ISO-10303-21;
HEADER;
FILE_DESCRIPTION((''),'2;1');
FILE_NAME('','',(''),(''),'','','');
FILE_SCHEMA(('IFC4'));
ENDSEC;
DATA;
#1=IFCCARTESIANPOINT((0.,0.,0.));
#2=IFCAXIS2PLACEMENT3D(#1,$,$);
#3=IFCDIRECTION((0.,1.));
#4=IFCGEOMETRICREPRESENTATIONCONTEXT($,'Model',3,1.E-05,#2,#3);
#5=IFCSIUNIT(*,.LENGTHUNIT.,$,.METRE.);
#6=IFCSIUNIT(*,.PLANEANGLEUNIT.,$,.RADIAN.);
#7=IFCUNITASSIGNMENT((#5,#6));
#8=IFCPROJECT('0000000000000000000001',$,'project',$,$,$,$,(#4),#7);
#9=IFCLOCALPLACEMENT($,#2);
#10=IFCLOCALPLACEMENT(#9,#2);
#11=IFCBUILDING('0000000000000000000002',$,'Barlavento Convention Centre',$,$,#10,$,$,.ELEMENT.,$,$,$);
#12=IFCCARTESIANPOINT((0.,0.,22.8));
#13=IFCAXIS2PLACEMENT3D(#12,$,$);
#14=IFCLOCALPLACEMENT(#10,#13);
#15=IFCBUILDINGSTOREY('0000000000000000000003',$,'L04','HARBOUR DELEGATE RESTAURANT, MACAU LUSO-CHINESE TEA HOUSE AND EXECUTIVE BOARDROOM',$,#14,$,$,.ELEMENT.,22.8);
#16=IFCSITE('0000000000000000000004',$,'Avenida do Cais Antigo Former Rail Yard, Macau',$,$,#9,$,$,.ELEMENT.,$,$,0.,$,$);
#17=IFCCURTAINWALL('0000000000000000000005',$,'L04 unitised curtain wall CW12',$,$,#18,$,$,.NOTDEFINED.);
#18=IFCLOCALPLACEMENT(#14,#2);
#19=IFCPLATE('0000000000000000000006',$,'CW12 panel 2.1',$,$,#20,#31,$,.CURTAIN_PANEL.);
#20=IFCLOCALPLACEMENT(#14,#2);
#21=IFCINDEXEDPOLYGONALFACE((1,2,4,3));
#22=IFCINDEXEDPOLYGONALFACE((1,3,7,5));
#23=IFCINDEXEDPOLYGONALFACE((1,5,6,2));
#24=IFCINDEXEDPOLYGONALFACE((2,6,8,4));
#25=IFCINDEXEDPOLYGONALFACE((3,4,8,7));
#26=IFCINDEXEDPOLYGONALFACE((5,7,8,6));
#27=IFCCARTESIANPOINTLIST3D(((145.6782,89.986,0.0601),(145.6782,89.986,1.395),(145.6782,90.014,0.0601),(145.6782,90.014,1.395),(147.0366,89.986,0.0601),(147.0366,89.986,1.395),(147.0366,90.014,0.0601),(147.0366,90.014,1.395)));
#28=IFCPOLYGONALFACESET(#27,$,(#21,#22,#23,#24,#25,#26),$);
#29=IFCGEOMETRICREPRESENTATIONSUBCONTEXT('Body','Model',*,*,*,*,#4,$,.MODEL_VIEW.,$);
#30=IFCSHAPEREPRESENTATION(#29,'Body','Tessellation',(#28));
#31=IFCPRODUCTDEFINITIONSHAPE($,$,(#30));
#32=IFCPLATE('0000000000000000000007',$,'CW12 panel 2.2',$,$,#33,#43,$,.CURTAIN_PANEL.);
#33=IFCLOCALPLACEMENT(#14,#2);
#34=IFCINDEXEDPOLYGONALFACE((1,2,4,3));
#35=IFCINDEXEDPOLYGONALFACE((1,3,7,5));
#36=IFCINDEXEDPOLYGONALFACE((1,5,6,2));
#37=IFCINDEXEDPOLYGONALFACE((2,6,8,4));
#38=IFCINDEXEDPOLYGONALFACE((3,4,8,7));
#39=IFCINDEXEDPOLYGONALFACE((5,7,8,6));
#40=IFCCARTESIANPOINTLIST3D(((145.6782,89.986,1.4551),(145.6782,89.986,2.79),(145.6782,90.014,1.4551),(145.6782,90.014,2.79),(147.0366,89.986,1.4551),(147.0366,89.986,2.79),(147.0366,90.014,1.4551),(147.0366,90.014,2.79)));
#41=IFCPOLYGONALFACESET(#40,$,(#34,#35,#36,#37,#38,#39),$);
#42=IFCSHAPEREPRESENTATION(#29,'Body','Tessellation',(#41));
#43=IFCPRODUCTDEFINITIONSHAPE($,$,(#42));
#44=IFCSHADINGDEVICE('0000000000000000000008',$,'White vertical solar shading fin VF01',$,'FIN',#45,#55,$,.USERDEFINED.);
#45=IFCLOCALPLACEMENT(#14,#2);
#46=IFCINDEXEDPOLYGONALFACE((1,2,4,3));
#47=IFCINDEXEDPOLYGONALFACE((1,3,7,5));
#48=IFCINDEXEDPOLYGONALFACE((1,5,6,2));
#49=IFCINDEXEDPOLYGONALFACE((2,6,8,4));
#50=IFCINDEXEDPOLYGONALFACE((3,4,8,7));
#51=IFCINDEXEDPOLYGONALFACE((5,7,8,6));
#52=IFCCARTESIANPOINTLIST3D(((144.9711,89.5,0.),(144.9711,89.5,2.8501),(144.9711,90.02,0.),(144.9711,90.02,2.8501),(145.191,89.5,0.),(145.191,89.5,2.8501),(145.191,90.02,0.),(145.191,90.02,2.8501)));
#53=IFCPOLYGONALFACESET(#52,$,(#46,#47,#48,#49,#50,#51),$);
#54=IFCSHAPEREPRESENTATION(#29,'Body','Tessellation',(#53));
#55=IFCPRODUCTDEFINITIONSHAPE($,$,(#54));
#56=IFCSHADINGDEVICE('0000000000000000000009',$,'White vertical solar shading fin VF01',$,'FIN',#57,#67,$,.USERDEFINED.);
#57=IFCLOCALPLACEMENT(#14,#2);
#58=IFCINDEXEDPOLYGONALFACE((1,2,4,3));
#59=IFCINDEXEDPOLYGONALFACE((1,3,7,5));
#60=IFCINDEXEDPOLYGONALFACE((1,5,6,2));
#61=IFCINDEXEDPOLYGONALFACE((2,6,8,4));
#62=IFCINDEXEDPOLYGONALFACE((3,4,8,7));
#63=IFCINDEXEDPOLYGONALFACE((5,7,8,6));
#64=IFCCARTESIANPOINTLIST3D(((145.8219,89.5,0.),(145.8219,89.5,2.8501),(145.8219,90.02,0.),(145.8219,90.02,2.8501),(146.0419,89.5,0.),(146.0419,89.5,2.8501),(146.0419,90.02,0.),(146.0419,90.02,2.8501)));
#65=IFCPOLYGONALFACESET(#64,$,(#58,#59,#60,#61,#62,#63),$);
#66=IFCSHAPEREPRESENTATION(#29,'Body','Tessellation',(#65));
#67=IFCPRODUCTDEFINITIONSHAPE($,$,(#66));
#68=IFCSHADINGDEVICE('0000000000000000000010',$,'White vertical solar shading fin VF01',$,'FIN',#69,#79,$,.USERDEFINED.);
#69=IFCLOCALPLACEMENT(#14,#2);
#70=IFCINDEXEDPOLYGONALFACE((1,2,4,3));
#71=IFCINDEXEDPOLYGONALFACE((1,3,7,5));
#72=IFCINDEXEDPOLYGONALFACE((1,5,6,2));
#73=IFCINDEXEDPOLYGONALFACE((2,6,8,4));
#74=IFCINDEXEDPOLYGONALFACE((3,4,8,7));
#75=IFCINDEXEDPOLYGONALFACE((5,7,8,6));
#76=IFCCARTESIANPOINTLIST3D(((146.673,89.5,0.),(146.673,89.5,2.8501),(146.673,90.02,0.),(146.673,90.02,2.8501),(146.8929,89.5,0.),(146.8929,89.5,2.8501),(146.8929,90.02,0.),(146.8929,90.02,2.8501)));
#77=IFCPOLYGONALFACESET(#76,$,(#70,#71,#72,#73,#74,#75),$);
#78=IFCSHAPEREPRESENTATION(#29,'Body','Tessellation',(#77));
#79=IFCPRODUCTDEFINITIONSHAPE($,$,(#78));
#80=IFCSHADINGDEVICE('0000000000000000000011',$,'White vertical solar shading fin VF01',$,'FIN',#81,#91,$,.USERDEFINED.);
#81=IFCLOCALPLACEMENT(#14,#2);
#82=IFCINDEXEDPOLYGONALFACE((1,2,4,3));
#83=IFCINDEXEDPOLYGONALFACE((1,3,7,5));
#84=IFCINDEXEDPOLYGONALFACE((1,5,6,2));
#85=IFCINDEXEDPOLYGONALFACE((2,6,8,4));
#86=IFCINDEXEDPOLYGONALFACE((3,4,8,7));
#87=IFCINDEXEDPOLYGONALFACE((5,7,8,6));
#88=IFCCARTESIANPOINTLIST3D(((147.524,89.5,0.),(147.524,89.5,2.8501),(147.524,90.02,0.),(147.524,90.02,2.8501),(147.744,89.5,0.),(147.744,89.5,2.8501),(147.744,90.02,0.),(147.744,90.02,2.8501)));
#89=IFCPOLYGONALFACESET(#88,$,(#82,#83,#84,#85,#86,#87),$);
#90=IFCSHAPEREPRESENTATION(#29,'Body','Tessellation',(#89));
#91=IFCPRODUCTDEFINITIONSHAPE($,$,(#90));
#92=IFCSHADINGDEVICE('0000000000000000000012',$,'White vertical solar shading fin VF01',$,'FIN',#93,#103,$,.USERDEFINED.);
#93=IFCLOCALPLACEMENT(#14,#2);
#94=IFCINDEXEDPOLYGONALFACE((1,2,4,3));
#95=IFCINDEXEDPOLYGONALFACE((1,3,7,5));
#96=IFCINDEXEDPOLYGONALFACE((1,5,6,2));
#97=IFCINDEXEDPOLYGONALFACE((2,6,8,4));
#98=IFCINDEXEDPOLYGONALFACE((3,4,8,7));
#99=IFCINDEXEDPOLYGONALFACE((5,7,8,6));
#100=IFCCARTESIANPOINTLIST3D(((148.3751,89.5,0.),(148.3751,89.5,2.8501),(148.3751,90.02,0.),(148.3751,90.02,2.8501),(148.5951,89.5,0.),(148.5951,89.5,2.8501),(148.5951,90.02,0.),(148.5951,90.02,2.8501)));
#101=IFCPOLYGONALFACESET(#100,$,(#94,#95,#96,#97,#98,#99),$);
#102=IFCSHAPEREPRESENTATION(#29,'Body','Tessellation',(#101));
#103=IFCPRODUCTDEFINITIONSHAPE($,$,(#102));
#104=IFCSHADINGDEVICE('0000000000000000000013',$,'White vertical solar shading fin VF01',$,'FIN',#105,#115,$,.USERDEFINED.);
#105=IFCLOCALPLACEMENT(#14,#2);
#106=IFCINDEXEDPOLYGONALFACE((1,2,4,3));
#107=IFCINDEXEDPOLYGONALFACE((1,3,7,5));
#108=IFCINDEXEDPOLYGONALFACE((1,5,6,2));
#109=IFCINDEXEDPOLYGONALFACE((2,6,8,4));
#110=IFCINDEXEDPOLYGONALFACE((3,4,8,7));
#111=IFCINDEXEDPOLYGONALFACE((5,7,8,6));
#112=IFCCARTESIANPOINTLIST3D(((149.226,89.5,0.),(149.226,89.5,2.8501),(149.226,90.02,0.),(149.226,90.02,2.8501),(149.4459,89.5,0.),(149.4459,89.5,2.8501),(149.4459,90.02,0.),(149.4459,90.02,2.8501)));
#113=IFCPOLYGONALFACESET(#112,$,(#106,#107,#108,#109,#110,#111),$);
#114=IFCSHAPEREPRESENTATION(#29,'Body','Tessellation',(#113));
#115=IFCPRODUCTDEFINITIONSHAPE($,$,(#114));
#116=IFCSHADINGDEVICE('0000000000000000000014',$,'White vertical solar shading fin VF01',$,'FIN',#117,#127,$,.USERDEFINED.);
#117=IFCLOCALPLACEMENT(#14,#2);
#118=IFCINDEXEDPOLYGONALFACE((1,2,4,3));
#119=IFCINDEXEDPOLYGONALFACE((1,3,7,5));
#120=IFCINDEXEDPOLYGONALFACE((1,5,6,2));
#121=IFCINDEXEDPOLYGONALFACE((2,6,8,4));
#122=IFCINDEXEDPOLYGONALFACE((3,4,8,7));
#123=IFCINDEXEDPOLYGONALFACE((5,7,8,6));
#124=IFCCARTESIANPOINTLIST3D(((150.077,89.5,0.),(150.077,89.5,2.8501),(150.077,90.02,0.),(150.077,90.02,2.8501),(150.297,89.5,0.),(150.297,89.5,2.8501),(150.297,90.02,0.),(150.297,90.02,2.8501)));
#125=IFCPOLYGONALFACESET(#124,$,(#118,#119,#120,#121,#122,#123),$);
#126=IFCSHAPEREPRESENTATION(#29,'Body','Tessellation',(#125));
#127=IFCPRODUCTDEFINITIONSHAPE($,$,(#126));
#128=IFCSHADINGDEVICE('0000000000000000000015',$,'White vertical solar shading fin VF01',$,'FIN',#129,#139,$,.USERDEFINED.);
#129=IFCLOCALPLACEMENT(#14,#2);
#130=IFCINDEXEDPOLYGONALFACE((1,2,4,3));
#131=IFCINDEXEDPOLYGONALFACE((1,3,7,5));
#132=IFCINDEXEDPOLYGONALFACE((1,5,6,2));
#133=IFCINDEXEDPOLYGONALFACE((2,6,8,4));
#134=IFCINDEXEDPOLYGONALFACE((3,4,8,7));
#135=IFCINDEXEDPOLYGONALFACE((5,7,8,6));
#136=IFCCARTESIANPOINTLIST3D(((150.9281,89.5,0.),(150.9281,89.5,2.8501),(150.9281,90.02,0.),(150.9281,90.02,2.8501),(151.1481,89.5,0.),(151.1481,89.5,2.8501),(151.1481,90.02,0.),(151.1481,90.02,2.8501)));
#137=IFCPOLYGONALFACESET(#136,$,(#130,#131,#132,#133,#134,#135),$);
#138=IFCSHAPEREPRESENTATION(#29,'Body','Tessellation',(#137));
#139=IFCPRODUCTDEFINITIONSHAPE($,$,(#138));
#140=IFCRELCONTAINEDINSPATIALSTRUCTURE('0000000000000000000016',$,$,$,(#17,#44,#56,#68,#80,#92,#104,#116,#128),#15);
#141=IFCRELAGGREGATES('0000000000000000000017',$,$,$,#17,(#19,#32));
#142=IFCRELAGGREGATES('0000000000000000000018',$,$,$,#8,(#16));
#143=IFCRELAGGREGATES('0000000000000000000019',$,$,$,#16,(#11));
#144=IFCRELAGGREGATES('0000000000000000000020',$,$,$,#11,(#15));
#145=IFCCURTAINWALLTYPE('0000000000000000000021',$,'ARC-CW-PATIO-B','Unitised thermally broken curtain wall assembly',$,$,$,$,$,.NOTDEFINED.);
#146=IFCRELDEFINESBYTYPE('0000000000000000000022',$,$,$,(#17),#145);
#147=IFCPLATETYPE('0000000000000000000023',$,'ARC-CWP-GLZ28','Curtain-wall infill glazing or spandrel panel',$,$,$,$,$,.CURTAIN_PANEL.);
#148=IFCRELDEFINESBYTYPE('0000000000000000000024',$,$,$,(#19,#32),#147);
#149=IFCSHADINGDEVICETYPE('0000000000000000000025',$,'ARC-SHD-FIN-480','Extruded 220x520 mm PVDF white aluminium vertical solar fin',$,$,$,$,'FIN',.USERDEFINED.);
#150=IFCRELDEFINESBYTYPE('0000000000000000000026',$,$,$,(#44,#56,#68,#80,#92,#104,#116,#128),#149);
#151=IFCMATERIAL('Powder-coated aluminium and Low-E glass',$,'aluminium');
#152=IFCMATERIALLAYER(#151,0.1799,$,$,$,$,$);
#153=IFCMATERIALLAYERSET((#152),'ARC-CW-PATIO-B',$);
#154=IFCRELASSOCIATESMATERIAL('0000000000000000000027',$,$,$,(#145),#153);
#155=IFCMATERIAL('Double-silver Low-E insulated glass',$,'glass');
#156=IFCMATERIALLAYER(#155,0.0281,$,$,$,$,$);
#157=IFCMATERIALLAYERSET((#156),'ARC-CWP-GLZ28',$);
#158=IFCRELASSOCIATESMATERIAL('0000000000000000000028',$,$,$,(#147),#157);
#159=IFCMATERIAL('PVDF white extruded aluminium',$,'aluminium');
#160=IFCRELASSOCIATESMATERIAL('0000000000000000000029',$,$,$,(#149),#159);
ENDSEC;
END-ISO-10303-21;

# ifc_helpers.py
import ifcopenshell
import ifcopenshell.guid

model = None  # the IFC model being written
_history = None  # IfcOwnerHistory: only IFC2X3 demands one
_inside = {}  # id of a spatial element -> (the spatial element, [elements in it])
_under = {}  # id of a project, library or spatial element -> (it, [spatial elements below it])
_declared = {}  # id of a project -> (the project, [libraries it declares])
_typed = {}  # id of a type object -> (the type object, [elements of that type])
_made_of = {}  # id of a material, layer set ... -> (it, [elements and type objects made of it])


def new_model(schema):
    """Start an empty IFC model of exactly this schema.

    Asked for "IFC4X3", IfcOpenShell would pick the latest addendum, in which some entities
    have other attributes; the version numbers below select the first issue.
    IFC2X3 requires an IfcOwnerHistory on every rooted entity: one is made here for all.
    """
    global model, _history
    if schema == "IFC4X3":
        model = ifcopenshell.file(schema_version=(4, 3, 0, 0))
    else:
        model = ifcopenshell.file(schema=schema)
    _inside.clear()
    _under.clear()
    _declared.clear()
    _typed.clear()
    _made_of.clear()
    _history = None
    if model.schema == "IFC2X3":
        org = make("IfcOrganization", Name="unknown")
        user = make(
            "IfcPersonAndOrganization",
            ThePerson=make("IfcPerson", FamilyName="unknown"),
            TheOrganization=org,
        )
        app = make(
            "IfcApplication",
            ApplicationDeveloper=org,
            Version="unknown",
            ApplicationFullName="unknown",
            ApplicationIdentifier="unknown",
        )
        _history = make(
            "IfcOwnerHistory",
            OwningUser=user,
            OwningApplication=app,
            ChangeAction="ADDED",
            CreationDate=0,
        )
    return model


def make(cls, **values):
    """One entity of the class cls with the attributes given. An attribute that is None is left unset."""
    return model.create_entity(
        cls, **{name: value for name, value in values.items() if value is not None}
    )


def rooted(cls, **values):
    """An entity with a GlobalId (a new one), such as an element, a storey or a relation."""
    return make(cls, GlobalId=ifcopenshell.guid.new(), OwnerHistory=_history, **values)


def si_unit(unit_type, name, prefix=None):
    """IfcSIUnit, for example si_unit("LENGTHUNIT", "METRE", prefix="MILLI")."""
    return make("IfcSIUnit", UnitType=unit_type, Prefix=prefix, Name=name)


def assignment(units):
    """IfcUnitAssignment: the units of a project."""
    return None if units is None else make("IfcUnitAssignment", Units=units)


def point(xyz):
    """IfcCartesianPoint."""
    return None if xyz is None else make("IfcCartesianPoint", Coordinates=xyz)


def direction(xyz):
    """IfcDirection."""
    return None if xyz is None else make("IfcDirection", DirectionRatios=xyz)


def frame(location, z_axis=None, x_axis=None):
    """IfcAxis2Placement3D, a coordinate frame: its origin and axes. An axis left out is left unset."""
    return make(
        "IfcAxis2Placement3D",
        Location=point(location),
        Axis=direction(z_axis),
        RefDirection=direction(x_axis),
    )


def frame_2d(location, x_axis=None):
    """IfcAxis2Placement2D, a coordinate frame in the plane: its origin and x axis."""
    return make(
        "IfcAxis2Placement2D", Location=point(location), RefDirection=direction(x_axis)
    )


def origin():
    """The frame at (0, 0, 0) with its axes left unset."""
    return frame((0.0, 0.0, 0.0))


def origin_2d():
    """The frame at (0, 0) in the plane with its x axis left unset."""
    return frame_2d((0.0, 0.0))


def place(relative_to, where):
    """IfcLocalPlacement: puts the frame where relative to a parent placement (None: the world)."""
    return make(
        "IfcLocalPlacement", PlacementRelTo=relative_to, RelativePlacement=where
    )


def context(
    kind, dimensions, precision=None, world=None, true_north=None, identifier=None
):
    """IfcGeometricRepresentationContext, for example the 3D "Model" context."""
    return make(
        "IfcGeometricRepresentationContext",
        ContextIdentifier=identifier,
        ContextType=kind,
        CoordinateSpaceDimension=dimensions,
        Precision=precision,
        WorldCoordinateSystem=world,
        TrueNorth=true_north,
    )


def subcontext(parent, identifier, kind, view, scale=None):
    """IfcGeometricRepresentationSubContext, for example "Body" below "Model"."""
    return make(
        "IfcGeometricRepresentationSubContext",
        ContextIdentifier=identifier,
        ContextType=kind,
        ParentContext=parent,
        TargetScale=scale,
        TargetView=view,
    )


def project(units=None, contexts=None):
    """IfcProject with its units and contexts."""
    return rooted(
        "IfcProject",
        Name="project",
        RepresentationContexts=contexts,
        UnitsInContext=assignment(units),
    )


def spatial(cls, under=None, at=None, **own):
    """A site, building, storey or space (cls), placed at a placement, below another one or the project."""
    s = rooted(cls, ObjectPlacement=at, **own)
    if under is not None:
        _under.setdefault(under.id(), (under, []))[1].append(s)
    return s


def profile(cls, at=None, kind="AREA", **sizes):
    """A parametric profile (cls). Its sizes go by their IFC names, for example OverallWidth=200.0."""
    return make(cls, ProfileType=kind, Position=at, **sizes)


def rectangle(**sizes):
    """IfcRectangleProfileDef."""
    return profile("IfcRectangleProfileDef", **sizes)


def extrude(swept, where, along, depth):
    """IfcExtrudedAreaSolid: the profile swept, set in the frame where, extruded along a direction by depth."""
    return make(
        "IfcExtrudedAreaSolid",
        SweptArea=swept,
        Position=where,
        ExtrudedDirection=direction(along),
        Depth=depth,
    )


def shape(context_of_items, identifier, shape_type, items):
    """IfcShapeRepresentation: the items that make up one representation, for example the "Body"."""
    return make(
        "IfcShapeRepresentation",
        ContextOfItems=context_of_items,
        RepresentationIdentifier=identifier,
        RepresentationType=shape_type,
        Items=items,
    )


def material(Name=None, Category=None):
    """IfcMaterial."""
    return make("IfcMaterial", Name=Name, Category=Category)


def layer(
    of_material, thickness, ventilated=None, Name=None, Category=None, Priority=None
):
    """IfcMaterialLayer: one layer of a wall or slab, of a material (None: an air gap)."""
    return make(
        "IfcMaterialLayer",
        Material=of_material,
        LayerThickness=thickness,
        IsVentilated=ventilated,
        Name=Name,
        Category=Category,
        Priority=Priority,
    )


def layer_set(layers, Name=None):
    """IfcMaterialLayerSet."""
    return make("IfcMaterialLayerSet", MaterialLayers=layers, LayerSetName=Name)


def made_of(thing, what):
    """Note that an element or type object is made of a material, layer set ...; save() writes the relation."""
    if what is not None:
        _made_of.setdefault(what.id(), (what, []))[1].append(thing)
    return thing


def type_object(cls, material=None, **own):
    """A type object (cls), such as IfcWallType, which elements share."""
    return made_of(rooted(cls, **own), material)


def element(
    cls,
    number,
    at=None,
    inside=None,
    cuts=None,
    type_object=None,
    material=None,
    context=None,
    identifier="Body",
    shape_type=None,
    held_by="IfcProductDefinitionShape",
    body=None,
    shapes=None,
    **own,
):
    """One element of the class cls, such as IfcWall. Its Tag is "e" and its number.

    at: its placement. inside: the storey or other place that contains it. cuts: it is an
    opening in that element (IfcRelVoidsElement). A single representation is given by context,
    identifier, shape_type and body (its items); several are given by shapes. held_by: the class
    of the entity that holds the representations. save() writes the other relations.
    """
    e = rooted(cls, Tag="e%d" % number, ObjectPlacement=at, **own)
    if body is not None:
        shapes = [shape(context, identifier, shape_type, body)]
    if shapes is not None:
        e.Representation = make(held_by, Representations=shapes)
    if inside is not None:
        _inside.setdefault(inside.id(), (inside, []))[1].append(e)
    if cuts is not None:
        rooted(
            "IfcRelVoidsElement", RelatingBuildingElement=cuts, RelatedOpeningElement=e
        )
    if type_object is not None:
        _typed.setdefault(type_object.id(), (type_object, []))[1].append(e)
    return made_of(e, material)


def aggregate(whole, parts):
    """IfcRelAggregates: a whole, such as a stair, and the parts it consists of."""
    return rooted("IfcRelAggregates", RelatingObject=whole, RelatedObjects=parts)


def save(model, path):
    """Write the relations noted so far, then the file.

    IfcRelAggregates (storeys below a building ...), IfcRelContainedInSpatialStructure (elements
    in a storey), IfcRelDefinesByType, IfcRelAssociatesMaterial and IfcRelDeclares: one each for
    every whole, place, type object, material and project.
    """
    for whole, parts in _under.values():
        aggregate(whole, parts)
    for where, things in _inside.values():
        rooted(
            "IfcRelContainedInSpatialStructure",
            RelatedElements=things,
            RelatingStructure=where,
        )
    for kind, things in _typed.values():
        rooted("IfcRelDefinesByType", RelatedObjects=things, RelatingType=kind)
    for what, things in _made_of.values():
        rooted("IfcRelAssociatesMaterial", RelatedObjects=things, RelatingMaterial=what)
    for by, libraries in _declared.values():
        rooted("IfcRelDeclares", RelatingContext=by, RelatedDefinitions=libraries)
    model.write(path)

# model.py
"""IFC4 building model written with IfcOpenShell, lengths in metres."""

from ifc_helpers import new_model, si_unit, direction, frame, origin, origin_2d, place, context, subcontext, project, spatial, rectangle, extrude, material, layer, layer_set, type_object, element, aggregate, save


model = new_model("IFC4")

# Units and contexts
model_context = context("Model", 3, precision=1e-05, world=origin(), true_north=direction((0.0, 1.0)))
body_context = subcontext(model_context, "Body", "Model", "MODEL_VIEW")
ifc_project = project(units=[si_unit("LENGTHUNIT", "METRE"), si_unit("PLANEANGLEUNIT", "RADIAN")], contexts=[model_context])

# Site, building, storey
site_placement = place(None, origin())
site = spatial("IfcSite", under=ifc_project, at=site_placement, Name="Avenida do Cais Antigo Former Rail Yard, Macau", CompositionType="ELEMENT", RefElevation=0.0)
building_placement = place(site_placement, origin())
building = spatial("IfcBuilding", under=site, at=building_placement, Name="Barlavento Convention Centre", CompositionType="ELEMENT")
storey_placement = place(building_placement, frame((0.0, 0.0, 22.8)))
storey = spatial("IfcBuildingStorey", under=building, at=storey_placement, Name="L04", Description="HARBOUR DELEGATE RESTAURANT, MACAU LUSO-CHINESE TEA HOUSE AND EXECUTIVE BOARDROOM", CompositionType="ELEMENT", Elevation=22.8)

# Curtain wall, plates
ifc_material_1 = material(Name="Powder-coated aluminium and Low-E glass", Category="aluminium")
ifc_layer_1 = layer(ifc_material_1, 0.1799)
ifc_layer_set_1 = layer_set([ifc_layer_1], Name="ARC-CW-PATIO-B")
curtain_wall_type = type_object("IfcCurtainWallType", Name="ARC-CW-PATIO-B", Description="Unitised thermally broken curtain wall assembly", PredefinedType="NOTDEFINED", material=ifc_layer_set_1)
curtain_wall_placement = place(storey_placement, origin())
curtain_wall = element("IfcCurtainWall", 1, at=curtain_wall_placement, inside=storey, type_object=curtain_wall_type, Name="L04 unitised curtain wall CW12", PredefinedType="NOTDEFINED")
ifc_material_2 = material(Name="Double-silver Low-E insulated glass", Category="glass")
ifc_layer_2 = layer(ifc_material_2, 0.0281)
ifc_layer_set_2 = layer_set([ifc_layer_2], Name="ARC-CWP-GLZ28")
plate_type = type_object("IfcPlateType", Name="ARC-CWP-GLZ28", Description="Curtain-wall infill glazing or spandrel panel", PredefinedType="CURTAIN_PANEL", material=ifc_layer_set_2)
plate_1_placement = place(storey_placement, frame((146.3574, 90.0, 0.0601), z_axis=(0.0, 0.0, 1.0), x_axis=(1.0, 0.0, 0.0)))
plate_1 = element("IfcPlate", 2, at=plate_1_placement, type_object=plate_type, Name="CW12 panel 2.1", PredefinedType="CURTAIN_PANEL", context=body_context, shape_type="SweptSolid", body=[
    extrude(rectangle(XDim=1.3584, YDim=0.0281, at=origin_2d()), origin(), (0.0, 0.0, 1.0), 1.335),
])
plate_2_placement = place(storey_placement, frame((146.3574, 90.0, 1.4551), z_axis=(0.0, 0.0, 1.0), x_axis=(1.0, 0.0, 0.0)))
plate_2 = element("IfcPlate", 3, at=plate_2_placement, type_object=plate_type, Name="CW12 panel 2.2", PredefinedType="CURTAIN_PANEL", context=body_context, shape_type="SweptSolid", body=[
    extrude(rectangle(XDim=1.3584, YDim=0.0281, at=origin_2d()), origin(), (0.0, 0.0, 1.0), 1.335),
])
aggregate(curtain_wall, [plate_1, plate_2])

# Shading devices
ifc_material_3 = material(Name="PVDF white extruded aluminium", Category="aluminium")
shading_device_type = type_object("IfcShadingDeviceType", Name="ARC-SHD-FIN-480", Description="Extruded 220x520 mm PVDF white aluminium vertical solar fin", ElementType="FIN", PredefinedType="USERDEFINED", material=ifc_material_3)
for number, where, z_axis, x_axis, name in (
    (4, (145.0811, 89.76, 0.0), (0.0, 0.0, 1.0), (1.0, 0.0, 0.0), "White vertical solar shading fin VF01"),
    (5, (145.9319, 89.76, 0.0), (0.0, 0.0, 1.0), (1.0, 0.0, 0.0), "White vertical solar shading fin VF01"),
    (6, (146.783, 89.76, 0.0), (0.0, 0.0, 1.0), (1.0, 0.0, 0.0), "White vertical solar shading fin VF01"),
    (7, (147.634, 89.76, 0.0), (0.0, 0.0, 1.0), (1.0, 0.0, 0.0), "White vertical solar shading fin VF01"),
    (8, (148.4851, 89.76, 0.0), (0.0, 0.0, 1.0), (1.0, 0.0, 0.0), "White vertical solar shading fin VF01"),
    (9, (149.3359, 89.76, 0.0), (0.0, 0.0, 1.0), (1.0, 0.0, 0.0), "White vertical solar shading fin VF01"),
    (10, (150.187, 89.76, 0.0), (0.0, 0.0, 1.0), (1.0, 0.0, 0.0), "White vertical solar shading fin VF01"),
    (11, (151.0381, 89.76, 0.0), (0.0, 0.0, 1.0), (1.0, 0.0, 0.0), "White vertical solar shading fin VF01"),
):
    element("IfcShadingDevice", number, at=place(storey_placement, frame(where, z_axis=z_axis, x_axis=x_axis)), inside=storey, type_object=shading_device_type, Name=name, ObjectType="FIN", PredefinedType="USERDEFINED", context=body_context, shape_type="SweptSolid", body=[
        extrude(rectangle(XDim=0.22, YDim=0.52, at=origin_2d()), origin(), (0.0, 0.0, 1.0), 2.8501),
    ])

save(model, "model.ifc")
